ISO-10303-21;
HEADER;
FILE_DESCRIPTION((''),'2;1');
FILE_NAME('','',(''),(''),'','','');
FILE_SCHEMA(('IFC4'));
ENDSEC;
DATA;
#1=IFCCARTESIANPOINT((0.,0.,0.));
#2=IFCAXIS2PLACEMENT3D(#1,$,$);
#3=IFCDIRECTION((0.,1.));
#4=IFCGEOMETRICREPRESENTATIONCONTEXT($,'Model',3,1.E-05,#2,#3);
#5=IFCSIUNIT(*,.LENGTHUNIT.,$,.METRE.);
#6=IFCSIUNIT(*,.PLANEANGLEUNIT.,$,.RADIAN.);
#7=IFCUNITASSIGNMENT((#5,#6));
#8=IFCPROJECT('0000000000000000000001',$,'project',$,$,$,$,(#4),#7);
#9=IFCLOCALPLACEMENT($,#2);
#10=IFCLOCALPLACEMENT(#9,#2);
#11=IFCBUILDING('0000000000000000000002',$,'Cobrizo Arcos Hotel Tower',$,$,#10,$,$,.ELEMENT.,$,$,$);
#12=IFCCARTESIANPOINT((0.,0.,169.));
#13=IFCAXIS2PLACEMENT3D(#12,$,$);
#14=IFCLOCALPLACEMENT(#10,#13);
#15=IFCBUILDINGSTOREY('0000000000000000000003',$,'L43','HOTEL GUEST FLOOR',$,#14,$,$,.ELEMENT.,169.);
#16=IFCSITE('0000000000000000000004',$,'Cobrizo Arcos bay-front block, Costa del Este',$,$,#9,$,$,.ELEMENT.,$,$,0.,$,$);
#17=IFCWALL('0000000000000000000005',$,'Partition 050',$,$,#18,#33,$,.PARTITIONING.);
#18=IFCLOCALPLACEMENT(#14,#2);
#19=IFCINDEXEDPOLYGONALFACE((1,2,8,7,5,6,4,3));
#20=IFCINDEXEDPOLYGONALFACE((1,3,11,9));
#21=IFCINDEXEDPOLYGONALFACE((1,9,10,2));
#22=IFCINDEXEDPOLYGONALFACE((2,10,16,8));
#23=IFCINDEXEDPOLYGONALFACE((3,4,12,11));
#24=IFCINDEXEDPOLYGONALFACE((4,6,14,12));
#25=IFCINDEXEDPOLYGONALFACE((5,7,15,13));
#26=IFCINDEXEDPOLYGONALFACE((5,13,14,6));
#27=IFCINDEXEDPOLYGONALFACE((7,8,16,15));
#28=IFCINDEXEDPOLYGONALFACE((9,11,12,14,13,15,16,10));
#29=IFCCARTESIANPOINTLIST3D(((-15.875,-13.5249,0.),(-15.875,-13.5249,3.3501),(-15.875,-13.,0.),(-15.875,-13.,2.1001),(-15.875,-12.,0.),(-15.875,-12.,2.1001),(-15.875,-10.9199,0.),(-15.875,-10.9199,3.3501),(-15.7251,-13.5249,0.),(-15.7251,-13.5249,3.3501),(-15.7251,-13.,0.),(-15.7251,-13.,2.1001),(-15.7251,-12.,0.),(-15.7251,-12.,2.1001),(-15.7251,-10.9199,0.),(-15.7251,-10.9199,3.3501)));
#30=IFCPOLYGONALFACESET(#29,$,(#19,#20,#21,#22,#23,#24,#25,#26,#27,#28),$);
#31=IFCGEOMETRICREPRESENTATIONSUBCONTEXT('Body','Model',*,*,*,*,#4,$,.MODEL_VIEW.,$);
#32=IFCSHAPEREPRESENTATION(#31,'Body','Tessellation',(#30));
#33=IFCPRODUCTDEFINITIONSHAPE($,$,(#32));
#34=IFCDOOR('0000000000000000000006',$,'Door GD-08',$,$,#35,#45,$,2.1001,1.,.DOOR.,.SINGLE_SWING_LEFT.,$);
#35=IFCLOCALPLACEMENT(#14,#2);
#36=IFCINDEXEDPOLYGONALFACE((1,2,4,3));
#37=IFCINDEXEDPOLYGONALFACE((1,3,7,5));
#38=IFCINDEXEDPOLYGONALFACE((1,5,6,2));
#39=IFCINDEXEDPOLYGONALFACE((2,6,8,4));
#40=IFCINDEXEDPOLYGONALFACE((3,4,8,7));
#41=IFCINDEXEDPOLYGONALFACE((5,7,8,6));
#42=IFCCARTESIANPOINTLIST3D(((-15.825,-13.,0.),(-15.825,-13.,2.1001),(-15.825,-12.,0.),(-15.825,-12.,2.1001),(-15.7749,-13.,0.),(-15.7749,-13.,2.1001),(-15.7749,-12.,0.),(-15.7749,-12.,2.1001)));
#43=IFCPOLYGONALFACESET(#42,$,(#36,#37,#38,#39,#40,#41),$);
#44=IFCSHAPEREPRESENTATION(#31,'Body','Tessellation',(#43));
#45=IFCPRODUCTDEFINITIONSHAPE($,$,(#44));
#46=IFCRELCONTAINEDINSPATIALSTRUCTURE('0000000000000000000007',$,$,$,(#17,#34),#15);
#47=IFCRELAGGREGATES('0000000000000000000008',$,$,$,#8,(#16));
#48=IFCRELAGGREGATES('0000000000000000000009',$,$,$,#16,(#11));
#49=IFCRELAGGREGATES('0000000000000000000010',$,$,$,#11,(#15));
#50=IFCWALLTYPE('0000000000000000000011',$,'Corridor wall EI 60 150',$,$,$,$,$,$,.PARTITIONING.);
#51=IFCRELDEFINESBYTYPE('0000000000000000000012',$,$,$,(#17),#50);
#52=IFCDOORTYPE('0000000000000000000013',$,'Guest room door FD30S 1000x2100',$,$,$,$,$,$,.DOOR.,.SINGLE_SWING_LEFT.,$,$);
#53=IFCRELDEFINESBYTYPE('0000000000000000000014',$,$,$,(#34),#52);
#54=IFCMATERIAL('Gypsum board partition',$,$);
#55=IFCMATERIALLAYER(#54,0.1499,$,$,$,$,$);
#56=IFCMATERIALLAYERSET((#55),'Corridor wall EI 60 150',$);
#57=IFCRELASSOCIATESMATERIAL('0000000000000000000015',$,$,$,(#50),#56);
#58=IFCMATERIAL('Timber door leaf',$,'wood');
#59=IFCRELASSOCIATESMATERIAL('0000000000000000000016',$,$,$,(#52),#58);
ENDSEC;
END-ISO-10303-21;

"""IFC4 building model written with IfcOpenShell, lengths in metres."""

from ifc_helpers import new_model, si_unit, direction, frame, frame_2d, origin, place, context, subcontext, project, spatial, rectangle, extrude, material, layer, layer_set, type_object, element, fill, save


model = new_model("IFC4")

# Units and contexts
model_context = context("Model", 3, precision=1e-05, world=origin(), true_north=direction((0.0, 1.0)))
body_context = subcontext(model_context, "Body", "Model", "MODEL_VIEW")
ifc_project = project(units=[si_unit("LENGTHUNIT", "METRE"), si_unit("PLANEANGLEUNIT", "RADIAN")], contexts=[model_context])

# Site, building, storey
site_placement = place(None, origin())
site = spatial("IfcSite", under=ifc_project, at=site_placement, Name="Cobrizo Arcos bay-front block, Costa del Este", CompositionType="ELEMENT", RefElevation=0.0)
building_placement = place(site_placement, origin())
building = spatial("IfcBuilding", under=site, at=building_placement, Name="Cobrizo Arcos Hotel Tower", CompositionType="ELEMENT")
storey_placement = place(building_placement, frame((0.0, 0.0, 169.0)))
storey = spatial("IfcBuildingStorey", under=building, at=storey_placement, Name="L43", Description="HOTEL GUEST FLOOR", CompositionType="ELEMENT", Elevation=169.0)

# Shared definitions
ifc_material_1 = material(Name="Gypsum board partition")
ifc_layer_1 = layer(ifc_material_1, 0.1499)
ifc_layer_set_1 = layer_set([ifc_layer_1], Name="Corridor wall EI 60 150")
wall_type_1 = type_object("IfcWallType", Name="Corridor wall EI 60 150", PredefinedType="PARTITIONING", material=ifc_layer_set_1)
ifc_material_2 = material(Name="Timber door leaf", Category="wood")
door_type_1 = type_object("IfcDoorType", Name="Guest room door FD30S 1000x2100", OperationType="SINGLE_SWING_LEFT", PredefinedType="DOOR", material=ifc_material_2)

# Wall, opening, door
wall_1_placement = place(storey_placement, frame((-15.8, -13.5249, 0.0), z_axis=(0.0, 0.0, 1.0), x_axis=(0.0, 1.0, 0.0)))
wall_1 = element("IfcWall", 1, at=wall_1_placement, inside=storey, type_object=wall_type_1, Name="Partition 050", PredefinedType="PARTITIONING", context=body_context, shape_type="SweptSolid", body=[
    extrude(rectangle(XDim=2.605, YDim=0.1499, at=frame_2d((1.3025, 0.0))), origin(), (0.0, 0.0, 1.0), 3.3501),
])
opening_1_placement = place(wall_1_placement, frame((0.5249, 0.0, 0.0)))
opening_1 = element("IfcOpeningElement", 2, at=opening_1_placement, cuts=wall_1, PredefinedType="OPENING", context=body_context, shape_type="SweptSolid", body=[
    extrude(rectangle(XDim=1.0, YDim=2.1001, at=frame_2d((0.5, 1.05))), frame((0.0, 0.0869, 0.0), z_axis=(0.0, -1.0, 0.0), x_axis=(1.0, 0.0, 0.0)), (0.0, 0.0, 1.0), 0.1738),
])
door_1_placement = place(opening_1_placement, origin())
door_1 = element("IfcDoor", 3, at=door_1_placement, inside=storey, type_object=door_type_1, Name="Door GD-08", OperationType="SINGLE_SWING_LEFT", OverallHeight=2.1001, OverallWidth=1.0, PredefinedType="DOOR", context=body_context, shape_type="SweptSolid", body=[
    extrude(rectangle(XDim=1.0, YDim=2.1001, at=frame_2d((0.5, 1.05))), frame((0.0, 0.0249, 0.0), z_axis=(0.0, -1.0, 0.0), x_axis=(1.0, 0.0, 0.0)), (0.0, 0.0, 1.0), 0.05),
])
fill(opening_1, door_1)

save(model, "model.ifc")
